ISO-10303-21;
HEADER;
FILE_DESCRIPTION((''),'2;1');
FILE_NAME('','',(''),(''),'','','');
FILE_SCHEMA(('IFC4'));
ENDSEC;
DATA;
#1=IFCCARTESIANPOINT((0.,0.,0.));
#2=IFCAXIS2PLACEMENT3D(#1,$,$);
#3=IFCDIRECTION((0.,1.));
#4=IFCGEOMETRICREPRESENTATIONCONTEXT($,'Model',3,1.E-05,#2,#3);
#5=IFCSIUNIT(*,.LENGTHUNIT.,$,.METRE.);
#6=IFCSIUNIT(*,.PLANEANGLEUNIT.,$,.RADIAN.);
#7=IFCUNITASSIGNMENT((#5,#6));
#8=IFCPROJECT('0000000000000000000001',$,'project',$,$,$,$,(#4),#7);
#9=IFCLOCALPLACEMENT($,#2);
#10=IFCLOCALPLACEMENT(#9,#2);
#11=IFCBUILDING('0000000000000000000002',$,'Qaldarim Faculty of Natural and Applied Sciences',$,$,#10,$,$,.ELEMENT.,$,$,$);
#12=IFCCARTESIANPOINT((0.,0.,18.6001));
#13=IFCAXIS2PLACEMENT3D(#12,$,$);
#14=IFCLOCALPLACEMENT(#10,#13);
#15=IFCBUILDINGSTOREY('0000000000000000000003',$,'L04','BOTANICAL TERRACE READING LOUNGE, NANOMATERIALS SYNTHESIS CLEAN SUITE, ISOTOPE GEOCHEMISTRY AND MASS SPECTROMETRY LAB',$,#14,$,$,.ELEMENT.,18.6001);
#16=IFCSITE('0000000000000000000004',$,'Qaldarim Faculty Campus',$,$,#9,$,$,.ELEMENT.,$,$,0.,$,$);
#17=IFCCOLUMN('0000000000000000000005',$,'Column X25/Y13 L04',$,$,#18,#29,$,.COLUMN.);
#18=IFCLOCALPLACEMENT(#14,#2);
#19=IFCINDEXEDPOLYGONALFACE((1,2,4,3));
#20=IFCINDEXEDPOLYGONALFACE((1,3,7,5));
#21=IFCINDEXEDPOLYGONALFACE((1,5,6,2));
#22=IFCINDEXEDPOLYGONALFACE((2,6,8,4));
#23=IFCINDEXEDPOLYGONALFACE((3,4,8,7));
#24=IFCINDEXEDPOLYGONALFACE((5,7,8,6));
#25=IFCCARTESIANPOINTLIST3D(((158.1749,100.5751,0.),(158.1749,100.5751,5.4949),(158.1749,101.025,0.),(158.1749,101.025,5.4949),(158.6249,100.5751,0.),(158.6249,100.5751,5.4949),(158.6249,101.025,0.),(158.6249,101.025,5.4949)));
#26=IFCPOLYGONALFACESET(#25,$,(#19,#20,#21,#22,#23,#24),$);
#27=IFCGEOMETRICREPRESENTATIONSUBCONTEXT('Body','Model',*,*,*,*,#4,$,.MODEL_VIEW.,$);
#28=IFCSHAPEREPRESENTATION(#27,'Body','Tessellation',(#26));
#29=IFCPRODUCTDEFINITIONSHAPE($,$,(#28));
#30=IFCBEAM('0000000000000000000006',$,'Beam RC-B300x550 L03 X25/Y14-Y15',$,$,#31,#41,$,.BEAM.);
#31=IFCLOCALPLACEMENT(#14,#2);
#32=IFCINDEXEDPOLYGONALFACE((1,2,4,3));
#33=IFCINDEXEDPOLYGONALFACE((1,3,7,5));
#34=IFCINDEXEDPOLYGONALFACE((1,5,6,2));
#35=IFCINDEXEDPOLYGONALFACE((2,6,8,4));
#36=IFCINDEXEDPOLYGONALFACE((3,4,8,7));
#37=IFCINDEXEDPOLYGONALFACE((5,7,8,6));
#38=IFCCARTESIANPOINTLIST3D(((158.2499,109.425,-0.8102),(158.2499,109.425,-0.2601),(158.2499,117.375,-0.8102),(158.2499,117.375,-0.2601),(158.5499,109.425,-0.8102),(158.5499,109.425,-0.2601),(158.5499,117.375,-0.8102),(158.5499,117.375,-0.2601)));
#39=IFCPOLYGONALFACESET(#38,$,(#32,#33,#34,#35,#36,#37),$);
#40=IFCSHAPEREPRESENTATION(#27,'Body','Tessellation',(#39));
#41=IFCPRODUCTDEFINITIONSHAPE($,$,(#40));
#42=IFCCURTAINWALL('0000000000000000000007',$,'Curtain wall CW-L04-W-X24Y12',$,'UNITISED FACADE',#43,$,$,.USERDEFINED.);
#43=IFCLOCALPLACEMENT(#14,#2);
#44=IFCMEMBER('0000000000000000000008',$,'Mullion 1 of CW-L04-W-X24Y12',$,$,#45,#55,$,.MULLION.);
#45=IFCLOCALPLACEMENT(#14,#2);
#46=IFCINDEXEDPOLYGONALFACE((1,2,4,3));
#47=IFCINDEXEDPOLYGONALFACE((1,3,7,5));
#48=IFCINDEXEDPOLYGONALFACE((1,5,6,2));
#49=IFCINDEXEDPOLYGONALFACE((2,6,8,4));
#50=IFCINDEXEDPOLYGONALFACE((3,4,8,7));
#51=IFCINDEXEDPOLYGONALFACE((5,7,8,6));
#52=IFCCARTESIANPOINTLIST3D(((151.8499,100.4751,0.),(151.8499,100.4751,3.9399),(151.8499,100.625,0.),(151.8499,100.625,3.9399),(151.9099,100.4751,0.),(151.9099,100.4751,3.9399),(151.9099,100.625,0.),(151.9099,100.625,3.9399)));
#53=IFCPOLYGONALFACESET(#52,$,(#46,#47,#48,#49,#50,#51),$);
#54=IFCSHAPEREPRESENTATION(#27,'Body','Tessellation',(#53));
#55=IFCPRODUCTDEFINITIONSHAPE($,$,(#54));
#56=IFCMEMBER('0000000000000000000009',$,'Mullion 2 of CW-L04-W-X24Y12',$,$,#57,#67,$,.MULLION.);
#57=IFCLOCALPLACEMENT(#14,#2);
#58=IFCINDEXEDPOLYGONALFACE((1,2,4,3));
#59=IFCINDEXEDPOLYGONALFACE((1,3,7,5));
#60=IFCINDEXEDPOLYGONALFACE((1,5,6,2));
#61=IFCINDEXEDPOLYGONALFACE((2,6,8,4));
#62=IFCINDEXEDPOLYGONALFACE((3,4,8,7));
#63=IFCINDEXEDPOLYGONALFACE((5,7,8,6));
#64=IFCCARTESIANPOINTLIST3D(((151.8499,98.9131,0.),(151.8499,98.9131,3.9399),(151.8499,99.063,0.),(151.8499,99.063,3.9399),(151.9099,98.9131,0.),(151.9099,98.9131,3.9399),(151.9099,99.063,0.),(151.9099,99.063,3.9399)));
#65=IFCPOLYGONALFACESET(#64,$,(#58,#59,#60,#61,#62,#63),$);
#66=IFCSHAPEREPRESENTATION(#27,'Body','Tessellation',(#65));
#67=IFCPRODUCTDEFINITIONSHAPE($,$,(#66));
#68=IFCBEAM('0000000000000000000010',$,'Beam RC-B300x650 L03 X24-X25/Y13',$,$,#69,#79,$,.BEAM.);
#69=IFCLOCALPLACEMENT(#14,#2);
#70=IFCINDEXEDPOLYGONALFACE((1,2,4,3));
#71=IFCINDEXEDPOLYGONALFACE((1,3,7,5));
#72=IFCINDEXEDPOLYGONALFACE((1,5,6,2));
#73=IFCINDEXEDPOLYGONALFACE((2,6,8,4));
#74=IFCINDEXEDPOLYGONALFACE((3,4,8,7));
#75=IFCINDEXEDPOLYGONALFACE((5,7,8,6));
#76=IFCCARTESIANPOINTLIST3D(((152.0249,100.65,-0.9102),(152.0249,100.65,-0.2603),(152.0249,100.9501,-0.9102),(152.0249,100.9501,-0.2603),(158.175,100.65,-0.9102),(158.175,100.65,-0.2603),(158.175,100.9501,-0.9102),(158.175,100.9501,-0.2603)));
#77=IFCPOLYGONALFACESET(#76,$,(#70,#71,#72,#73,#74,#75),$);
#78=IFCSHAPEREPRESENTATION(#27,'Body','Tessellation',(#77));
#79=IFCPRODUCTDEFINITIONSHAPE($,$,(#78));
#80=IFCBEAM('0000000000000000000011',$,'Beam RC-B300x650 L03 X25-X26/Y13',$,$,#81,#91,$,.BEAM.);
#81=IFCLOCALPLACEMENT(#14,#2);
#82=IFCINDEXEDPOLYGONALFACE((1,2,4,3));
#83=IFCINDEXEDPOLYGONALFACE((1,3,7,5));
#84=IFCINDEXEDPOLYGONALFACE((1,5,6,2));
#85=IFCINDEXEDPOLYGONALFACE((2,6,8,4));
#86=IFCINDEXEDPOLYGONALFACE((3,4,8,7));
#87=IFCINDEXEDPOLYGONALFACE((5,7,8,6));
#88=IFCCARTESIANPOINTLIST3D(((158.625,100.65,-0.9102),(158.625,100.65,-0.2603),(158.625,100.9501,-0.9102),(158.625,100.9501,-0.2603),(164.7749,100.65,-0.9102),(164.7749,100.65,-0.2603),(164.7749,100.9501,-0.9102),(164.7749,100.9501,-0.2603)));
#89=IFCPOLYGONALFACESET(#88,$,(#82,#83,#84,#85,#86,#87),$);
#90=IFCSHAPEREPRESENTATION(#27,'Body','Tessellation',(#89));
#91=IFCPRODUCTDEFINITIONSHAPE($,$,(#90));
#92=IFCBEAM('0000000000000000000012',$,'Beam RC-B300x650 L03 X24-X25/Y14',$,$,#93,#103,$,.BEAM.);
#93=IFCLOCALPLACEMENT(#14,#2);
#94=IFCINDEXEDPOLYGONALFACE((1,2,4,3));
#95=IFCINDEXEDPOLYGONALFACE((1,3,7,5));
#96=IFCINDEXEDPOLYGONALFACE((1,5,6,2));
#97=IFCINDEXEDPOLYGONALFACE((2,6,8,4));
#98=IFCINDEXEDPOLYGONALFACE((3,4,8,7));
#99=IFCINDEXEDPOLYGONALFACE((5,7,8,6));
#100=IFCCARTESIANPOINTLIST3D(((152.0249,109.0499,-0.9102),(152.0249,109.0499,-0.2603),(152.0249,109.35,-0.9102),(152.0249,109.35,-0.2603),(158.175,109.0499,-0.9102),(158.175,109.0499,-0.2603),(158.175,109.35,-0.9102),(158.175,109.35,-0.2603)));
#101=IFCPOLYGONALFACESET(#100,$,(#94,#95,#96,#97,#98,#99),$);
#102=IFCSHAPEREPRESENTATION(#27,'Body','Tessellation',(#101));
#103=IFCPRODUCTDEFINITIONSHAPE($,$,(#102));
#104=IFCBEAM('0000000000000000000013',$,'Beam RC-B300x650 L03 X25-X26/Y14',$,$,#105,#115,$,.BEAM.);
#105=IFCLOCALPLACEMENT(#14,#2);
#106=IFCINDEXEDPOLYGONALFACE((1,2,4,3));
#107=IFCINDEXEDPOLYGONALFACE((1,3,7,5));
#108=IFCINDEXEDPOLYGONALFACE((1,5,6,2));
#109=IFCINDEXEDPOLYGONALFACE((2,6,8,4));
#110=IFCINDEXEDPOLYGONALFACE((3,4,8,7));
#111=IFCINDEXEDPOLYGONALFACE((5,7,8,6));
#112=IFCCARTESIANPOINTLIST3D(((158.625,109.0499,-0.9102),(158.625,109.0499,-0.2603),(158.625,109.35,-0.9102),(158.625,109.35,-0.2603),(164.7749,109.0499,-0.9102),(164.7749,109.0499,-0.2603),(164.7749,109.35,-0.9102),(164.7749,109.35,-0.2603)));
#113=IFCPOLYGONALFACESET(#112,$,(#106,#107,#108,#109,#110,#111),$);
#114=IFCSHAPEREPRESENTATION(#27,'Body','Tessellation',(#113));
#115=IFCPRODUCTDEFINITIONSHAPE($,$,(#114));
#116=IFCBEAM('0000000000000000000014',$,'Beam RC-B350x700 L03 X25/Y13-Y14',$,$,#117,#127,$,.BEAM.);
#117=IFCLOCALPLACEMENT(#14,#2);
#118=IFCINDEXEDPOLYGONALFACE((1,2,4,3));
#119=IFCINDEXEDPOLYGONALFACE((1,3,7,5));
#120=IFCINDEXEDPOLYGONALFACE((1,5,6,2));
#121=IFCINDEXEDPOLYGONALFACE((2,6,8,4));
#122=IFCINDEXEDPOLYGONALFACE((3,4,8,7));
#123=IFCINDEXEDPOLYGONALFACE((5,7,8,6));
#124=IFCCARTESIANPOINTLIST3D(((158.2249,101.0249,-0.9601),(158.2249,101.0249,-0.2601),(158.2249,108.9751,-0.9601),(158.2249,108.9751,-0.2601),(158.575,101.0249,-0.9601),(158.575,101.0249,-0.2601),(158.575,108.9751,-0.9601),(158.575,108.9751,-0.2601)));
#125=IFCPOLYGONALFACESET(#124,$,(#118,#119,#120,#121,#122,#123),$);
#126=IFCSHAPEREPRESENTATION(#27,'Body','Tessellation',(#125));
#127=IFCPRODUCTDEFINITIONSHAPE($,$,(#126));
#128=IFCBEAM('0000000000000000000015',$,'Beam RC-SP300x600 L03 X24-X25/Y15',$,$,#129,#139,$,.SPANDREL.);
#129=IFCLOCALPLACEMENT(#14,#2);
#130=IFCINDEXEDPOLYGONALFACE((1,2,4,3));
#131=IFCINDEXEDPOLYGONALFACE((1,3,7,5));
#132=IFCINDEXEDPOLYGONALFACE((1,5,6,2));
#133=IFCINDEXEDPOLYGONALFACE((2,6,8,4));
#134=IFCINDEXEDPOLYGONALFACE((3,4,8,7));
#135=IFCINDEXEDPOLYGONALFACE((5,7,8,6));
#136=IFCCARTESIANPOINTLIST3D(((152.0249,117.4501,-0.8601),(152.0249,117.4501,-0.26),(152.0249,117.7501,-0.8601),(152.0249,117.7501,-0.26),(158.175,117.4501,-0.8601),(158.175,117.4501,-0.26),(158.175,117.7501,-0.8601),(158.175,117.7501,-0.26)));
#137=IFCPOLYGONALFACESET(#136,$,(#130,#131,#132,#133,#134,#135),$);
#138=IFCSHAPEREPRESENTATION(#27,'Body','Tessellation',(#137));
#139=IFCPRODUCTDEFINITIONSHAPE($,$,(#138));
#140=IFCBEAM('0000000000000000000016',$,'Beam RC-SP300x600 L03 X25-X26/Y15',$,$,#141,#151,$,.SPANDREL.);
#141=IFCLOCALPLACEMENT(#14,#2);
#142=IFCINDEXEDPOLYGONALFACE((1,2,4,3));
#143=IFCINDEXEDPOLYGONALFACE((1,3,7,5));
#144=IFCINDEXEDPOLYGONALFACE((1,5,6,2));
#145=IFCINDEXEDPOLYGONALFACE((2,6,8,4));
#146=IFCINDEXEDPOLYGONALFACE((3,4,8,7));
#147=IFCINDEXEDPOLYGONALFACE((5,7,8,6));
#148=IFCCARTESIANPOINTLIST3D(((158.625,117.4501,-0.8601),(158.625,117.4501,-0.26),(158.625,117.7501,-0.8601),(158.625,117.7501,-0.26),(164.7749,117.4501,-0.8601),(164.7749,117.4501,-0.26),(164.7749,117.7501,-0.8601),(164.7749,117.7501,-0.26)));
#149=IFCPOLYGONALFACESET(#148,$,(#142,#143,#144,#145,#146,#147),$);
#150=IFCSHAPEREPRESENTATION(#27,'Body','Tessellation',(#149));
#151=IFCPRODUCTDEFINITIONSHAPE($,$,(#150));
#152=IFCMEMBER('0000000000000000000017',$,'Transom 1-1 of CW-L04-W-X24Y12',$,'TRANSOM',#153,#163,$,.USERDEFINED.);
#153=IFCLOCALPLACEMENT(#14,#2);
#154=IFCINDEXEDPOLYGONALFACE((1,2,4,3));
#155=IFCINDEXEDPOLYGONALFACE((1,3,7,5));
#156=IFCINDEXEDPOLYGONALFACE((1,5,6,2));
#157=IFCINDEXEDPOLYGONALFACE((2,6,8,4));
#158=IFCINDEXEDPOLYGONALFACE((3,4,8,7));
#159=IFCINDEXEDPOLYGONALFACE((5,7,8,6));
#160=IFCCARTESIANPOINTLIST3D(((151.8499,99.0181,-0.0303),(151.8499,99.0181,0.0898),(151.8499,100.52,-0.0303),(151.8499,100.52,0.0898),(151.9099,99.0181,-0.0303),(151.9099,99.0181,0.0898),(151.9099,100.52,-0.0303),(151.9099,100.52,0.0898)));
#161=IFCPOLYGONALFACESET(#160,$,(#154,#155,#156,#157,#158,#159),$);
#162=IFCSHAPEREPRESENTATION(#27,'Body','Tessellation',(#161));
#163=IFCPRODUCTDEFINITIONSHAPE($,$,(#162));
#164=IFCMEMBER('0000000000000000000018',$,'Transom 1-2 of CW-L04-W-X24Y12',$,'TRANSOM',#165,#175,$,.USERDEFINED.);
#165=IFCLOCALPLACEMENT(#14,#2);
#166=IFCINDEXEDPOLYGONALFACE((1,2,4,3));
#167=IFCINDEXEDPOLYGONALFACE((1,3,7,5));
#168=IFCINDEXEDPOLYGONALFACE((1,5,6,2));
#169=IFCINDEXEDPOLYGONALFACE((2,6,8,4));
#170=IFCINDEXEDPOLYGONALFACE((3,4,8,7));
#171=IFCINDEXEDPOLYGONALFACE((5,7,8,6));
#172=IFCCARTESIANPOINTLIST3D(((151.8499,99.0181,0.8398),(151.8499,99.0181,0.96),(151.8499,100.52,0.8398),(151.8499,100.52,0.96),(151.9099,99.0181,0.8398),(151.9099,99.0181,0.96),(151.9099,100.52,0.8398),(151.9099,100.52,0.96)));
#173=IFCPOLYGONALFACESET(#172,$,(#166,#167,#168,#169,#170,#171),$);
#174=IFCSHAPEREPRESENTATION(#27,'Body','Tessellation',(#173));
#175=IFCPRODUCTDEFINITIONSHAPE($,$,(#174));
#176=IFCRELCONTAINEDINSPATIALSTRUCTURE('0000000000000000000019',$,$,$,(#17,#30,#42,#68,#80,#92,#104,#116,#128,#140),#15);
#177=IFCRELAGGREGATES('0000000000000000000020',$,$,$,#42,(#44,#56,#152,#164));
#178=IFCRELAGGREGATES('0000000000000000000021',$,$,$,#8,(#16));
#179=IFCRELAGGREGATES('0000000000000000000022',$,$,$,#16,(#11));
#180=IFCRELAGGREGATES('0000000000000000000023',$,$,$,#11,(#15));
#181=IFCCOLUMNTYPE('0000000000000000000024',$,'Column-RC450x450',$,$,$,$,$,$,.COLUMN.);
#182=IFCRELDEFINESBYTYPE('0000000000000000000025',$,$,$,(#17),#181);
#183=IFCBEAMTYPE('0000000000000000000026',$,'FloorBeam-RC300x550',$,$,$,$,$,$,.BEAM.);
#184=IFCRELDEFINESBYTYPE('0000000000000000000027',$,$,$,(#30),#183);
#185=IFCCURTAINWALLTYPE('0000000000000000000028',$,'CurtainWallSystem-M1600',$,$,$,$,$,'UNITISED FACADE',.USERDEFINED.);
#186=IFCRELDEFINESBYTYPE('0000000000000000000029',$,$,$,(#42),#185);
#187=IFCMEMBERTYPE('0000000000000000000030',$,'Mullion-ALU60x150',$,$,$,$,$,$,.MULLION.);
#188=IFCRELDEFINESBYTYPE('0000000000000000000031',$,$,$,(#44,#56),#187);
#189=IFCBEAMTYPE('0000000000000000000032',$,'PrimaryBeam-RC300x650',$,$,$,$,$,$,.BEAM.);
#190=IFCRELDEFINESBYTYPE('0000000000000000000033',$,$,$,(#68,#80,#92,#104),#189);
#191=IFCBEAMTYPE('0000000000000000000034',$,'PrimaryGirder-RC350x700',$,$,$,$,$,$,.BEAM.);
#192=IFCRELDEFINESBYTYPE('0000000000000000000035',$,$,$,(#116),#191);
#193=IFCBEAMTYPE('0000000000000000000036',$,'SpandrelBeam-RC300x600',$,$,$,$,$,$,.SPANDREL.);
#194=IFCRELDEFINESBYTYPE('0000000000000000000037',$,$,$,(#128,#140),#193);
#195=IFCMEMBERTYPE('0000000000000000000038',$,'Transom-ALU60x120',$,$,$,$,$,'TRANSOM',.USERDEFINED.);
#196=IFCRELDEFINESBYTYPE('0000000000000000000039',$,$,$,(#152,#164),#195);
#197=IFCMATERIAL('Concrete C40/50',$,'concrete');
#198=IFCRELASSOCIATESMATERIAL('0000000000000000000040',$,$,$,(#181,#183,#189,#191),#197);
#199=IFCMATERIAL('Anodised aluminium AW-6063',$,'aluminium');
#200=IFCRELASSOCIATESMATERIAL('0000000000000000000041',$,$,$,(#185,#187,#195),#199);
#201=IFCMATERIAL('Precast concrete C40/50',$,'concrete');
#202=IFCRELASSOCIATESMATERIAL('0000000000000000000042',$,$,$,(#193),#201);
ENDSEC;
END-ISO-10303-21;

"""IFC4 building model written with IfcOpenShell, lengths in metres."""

from ifc_helpers import new_model, si_unit, direction, frame, origin, origin_2d, place, context, subcontext, project, spatial, rectangle, extrude, material, material_profile, profile_set, type_object, element, aggregate, save


model = new_model("IFC4")

# Units and contexts
model_context = context("Model", 3, precision=1e-05, world=origin(), true_north=direction((0.0, 1.0)))
body_context = subcontext(model_context, "Body", "Model", "MODEL_VIEW")
ifc_project = project(units=[si_unit("LENGTHUNIT", "METRE"), si_unit("PLANEANGLEUNIT", "RADIAN")], contexts=[model_context])

# Site, building, storey
site_placement = place(None, origin())
site = spatial("IfcSite", under=ifc_project, at=site_placement, Name="Qaldarim Faculty Campus", CompositionType="ELEMENT", RefElevation=0.0)
building_placement = place(site_placement, origin())
building = spatial("IfcBuilding", under=site, at=building_placement, Name="Qaldarim Faculty of Natural and Applied Sciences", CompositionType="ELEMENT")
storey_placement = place(building_placement, frame((0.0, 0.0, 18.6001)))
storey = spatial("IfcBuildingStorey", under=building, at=storey_placement, Name="L04", Description="BOTANICAL TERRACE READING LOUNGE, NANOMATERIALS SYNTHESIS CLEAN SUITE, ISOTOPE GEOCHEMISTRY AND MASS SPECTROMETRY LAB", CompositionType="ELEMENT", Elevation=18.6001)

# Column
ifc_material_1 = material(Name="Concrete C40/50", Category="concrete")
ifc_material_profile_1 = material_profile(ifc_material_1, rectangle(XDim=0.45, YDim=0.45, at=origin_2d()), Name="RC-C450x450")
ifc_profile_set_1 = profile_set([ifc_material_profile_1], Name="Concrete C40/50")
column_type = type_object("IfcColumnType", Name="Column-RC450x450", PredefinedType="COLUMN", material=ifc_profile_set_1)
column_placement = place(storey_placement, frame((158.3999, 100.8, 0.0), z_axis=(0.0, 0.0, 1.0), x_axis=(1.0, 0.0, 0.0)))
element("IfcColumn", 1, at=column_placement, inside=storey, type_object=column_type, Name="Column X25/Y13 L04", PredefinedType="COLUMN", context=body_context, shape_type="SweptSolid", body=[
    extrude(rectangle(XDim=0.45, YDim=0.45, at=origin_2d()), origin(), (0.0, 0.0, 1.0), 5.4949),
])

# Beam
ifc_material_profile_2 = material_profile(ifc_material_1, rectangle(XDim=0.3, YDim=0.55, at=origin_2d()), Name="RC-B300x550")
ifc_profile_set_2 = profile_set([ifc_material_profile_2], Name="Concrete C40/50")
beam_type_1 = type_object("IfcBeamType", Name="FloorBeam-RC300x550", PredefinedType="BEAM", material=ifc_profile_set_2)
beam_1_placement = place(storey_placement, frame((158.3999, 109.425, -0.5352), z_axis=(0.0, 1.0, 0.0), x_axis=(-1.0, 0.0, 0.0)))
element("IfcBeam", 2, at=beam_1_placement, inside=storey, type_object=beam_type_1, Name="Beam RC-B300x550 L03 X25/Y14-Y15", PredefinedType="BEAM", context=body_context, shape_type="SweptSolid", body=[
    extrude(rectangle(XDim=0.3, YDim=0.55, at=origin_2d()), origin(), (0.0, 0.0, 1.0), 7.95),
])

# Curtain wall, members
ifc_material_2 = material(Name="Anodised aluminium AW-6063", Category="aluminium")
curtain_wall_type = type_object("IfcCurtainWallType", Name="CurtainWallSystem-M1600", ElementType="UNITISED FACADE", PredefinedType="USERDEFINED", material=ifc_material_2)
curtain_wall_placement = place(storey_placement, origin())
curtain_wall = element("IfcCurtainWall", 3, at=curtain_wall_placement, inside=storey, type_object=curtain_wall_type, Name="Curtain wall CW-L04-W-X24Y12", ObjectType="UNITISED FACADE", PredefinedType="USERDEFINED")
ifc_material_profile_3 = material_profile(ifc_material_2, rectangle(XDim=0.0601, YDim=0.1499, at=origin_2d()), Name="ALU-M60x150")
ifc_profile_set_3 = profile_set([ifc_material_profile_3], Name="Anodised aluminium AW-6063")
member_type_1 = type_object("IfcMemberType", Name="Mullion-ALU60x150", PredefinedType="MULLION", material=ifc_profile_set_3)
member_1_placement = place(storey_placement, frame((151.8799, 100.55, 0.0), z_axis=(0.0, 0.0, 1.0), x_axis=(1.0, 0.0, 0.0)))
member_1 = element("IfcMember", 4, at=member_1_placement, type_object=member_type_1, Name="Mullion 1 of CW-L04-W-X24Y12", PredefinedType="MULLION", context=body_context, shape_type="SweptSolid", body=[
    extrude(rectangle(XDim=0.0601, YDim=0.1499, at=origin_2d()), origin(), (0.0, 0.0, 1.0), 3.9399),
])
member_2_placement = place(storey_placement, frame((151.8799, 98.988, 0.0), z_axis=(0.0, 0.0, 1.0), x_axis=(1.0, 0.0, 0.0)))
member_2 = element("IfcMember", 5, at=member_2_placement, type_object=member_type_1, Name="Mullion 2 of CW-L04-W-X24Y12", PredefinedType="MULLION", context=body_context, shape_type="SweptSolid", body=[
    extrude(rectangle(XDim=0.0601, YDim=0.1499, at=origin_2d()), origin(), (0.0, 0.0, 1.0), 3.9399),
])

# Beams
ifc_material_profile_4 = material_profile(ifc_material_1, rectangle(XDim=0.3, YDim=0.6499, at=origin_2d()), Name="RC-B300x650")
ifc_profile_set_4 = profile_set([ifc_material_profile_4], Name="Concrete C40/50")
beam_type_2 = type_object("IfcBeamType", Name="PrimaryBeam-RC300x650", PredefinedType="BEAM", material=ifc_profile_set_4)
beam_2_placement = place(storey_placement, frame((152.0249, 100.8, -0.5852), z_axis=(1.0, 0.0, 0.0), x_axis=(0.0, 1.0, 0.0)))
element("IfcBeam", 6, at=beam_2_placement, inside=storey, type_object=beam_type_2, Name="Beam RC-B300x650 L03 X24-X25/Y13", PredefinedType="BEAM", context=body_context, shape_type="SweptSolid", body=[
    extrude(rectangle(XDim=0.3, YDim=0.6499, at=origin_2d()), origin(), (0.0, 0.0, 1.0), 6.1501),
])
beam_3_placement = place(storey_placement, frame((158.625, 100.8, -0.5852), z_axis=(1.0, 0.0, 0.0), x_axis=(0.0, 1.0, 0.0)))
element("IfcBeam", 7, at=beam_3_placement, inside=storey, type_object=beam_type_2, Name="Beam RC-B300x650 L03 X25-X26/Y13", PredefinedType="BEAM", context=body_context, shape_type="SweptSolid", body=[
    extrude(rectangle(XDim=0.3, YDim=0.6499, at=origin_2d()), origin(), (0.0, 0.0, 1.0), 6.1499),
])
beam_4_placement = place(storey_placement, frame((152.0249, 109.2, -0.5852), z_axis=(1.0, 0.0, 0.0), x_axis=(0.0, 1.0, 0.0)))
element("IfcBeam", 8, at=beam_4_placement, inside=storey, type_object=beam_type_2, Name="Beam RC-B300x650 L03 X24-X25/Y14", PredefinedType="BEAM", context=body_context, shape_type="SweptSolid", body=[
    extrude(rectangle(XDim=0.3, YDim=0.6499, at=origin_2d()), origin(), (0.0, 0.0, 1.0), 6.1501),
])
beam_5_placement = place(storey_placement, frame((158.625, 109.2, -0.5852), z_axis=(1.0, 0.0, 0.0), x_axis=(0.0, 1.0, 0.0)))
element("IfcBeam", 9, at=beam_5_placement, inside=storey, type_object=beam_type_2, Name="Beam RC-B300x650 L03 X25-X26/Y14", PredefinedType="BEAM", context=body_context, shape_type="SweptSolid", body=[
    extrude(rectangle(XDim=0.3, YDim=0.6499, at=origin_2d()), origin(), (0.0, 0.0, 1.0), 6.1499),
])
ifc_material_profile_5 = material_profile(ifc_material_1, rectangle(XDim=0.3501, YDim=0.7, at=origin_2d()), Name="RC-B350x700")
ifc_profile_set_5 = profile_set([ifc_material_profile_5], Name="Concrete C40/50")
beam_type_3 = type_object("IfcBeamType", Name="PrimaryGirder-RC350x700", PredefinedType="BEAM", material=ifc_profile_set_5)
beam_6_placement = place(storey_placement, frame((158.3999, 101.0249, -0.6101), z_axis=(0.0, 1.0, 0.0), x_axis=(-1.0, 0.0, 0.0)))
element("IfcBeam", 10, at=beam_6_placement, inside=storey, type_object=beam_type_3, Name="Beam RC-B350x700 L03 X25/Y13-Y14", PredefinedType="BEAM", context=body_context, shape_type="SweptSolid", body=[
    extrude(rectangle(XDim=0.3501, YDim=0.7, at=origin_2d()), origin(), (0.0, 0.0, 1.0), 7.9502),
])
ifc_material_3 = material(Name="Precast concrete C40/50", Category="concrete")
ifc_material_profile_6 = material_profile(ifc_material_3, rectangle(XDim=0.3, YDim=0.6001, at=origin_2d()), Name="RC-SP300x600")
ifc_profile_set_6 = profile_set([ifc_material_profile_6], Name="Precast concrete C40/50")
beam_type_4 = type_object("IfcBeamType", Name="SpandrelBeam-RC300x600", PredefinedType="SPANDREL", material=ifc_profile_set_6)
beam_7_placement = place(storey_placement, frame((152.0249, 117.6001, -0.5601), z_axis=(1.0, 0.0, 0.0), x_axis=(0.0, 1.0, 0.0)))
element("IfcBeam", 11, at=beam_7_placement, inside=storey, type_object=beam_type_4, Name="Beam RC-SP300x600 L03 X24-X25/Y15", PredefinedType="SPANDREL", context=body_context, shape_type="SweptSolid", body=[
    extrude(rectangle(XDim=0.3, YDim=0.6001, at=origin_2d()), origin(), (0.0, 0.0, 1.0), 6.1501),
])
beam_8_placement = place(storey_placement, frame((158.625, 117.6001, -0.5601), z_axis=(1.0, 0.0, 0.0), x_axis=(0.0, 1.0, 0.0)))
element("IfcBeam", 12, at=beam_8_placement, inside=storey, type_object=beam_type_4, Name="Beam RC-SP300x600 L03 X25-X26/Y15", PredefinedType="SPANDREL", context=body_context, shape_type="SweptSolid", body=[
    extrude(rectangle(XDim=0.3, YDim=0.6001, at=origin_2d()), origin(), (0.0, 0.0, 1.0), 6.1499),
])

# Members
ifc_material_profile_7 = material_profile(ifc_material_2, rectangle(XDim=0.0601, YDim=0.1201, at=origin_2d()), Name="ALU-T60x120")
ifc_profile_set_7 = profile_set([ifc_material_profile_7], Name="Anodised aluminium AW-6063")
member_type_2 = type_object("IfcMemberType", Name="Transom-ALU60x120", ElementType="TRANSOM", PredefinedType="USERDEFINED", material=ifc_profile_set_7)
member_3_placement = place(storey_placement, frame((151.8799, 100.52, 0.0298), z_axis=(0.0, -1.0, 0.0), x_axis=(1.0, 0.0, 0.0)))
member_3 = element("IfcMember", 13, at=member_3_placement, type_object=member_type_2, Name="Transom 1-1 of CW-L04-W-X24Y12", ObjectType="TRANSOM", PredefinedType="USERDEFINED", context=body_context, shape_type="SweptSolid", body=[
    extrude(rectangle(XDim=0.0601, YDim=0.1201, at=origin_2d()), origin(), (0.0, 0.0, 1.0), 1.502),
])
member_4_placement = place(storey_placement, frame((151.8799, 100.52, 0.8999), z_axis=(0.0, -1.0, 0.0), x_axis=(1.0, 0.0, 0.0)))
member_4 = element("IfcMember", 14, at=member_4_placement, type_object=member_type_2, Name="Transom 1-2 of CW-L04-W-X24Y12", ObjectType="TRANSOM", PredefinedType="USERDEFINED", context=body_context, shape_type="SweptSolid", body=[
    extrude(rectangle(XDim=0.0601, YDim=0.1201, at=origin_2d()), origin(), (0.0, 0.0, 1.0), 1.502),
])

aggregate(curtain_wall, [member_1, member_2, member_3, member_4])

save(model, "model.ifc")
